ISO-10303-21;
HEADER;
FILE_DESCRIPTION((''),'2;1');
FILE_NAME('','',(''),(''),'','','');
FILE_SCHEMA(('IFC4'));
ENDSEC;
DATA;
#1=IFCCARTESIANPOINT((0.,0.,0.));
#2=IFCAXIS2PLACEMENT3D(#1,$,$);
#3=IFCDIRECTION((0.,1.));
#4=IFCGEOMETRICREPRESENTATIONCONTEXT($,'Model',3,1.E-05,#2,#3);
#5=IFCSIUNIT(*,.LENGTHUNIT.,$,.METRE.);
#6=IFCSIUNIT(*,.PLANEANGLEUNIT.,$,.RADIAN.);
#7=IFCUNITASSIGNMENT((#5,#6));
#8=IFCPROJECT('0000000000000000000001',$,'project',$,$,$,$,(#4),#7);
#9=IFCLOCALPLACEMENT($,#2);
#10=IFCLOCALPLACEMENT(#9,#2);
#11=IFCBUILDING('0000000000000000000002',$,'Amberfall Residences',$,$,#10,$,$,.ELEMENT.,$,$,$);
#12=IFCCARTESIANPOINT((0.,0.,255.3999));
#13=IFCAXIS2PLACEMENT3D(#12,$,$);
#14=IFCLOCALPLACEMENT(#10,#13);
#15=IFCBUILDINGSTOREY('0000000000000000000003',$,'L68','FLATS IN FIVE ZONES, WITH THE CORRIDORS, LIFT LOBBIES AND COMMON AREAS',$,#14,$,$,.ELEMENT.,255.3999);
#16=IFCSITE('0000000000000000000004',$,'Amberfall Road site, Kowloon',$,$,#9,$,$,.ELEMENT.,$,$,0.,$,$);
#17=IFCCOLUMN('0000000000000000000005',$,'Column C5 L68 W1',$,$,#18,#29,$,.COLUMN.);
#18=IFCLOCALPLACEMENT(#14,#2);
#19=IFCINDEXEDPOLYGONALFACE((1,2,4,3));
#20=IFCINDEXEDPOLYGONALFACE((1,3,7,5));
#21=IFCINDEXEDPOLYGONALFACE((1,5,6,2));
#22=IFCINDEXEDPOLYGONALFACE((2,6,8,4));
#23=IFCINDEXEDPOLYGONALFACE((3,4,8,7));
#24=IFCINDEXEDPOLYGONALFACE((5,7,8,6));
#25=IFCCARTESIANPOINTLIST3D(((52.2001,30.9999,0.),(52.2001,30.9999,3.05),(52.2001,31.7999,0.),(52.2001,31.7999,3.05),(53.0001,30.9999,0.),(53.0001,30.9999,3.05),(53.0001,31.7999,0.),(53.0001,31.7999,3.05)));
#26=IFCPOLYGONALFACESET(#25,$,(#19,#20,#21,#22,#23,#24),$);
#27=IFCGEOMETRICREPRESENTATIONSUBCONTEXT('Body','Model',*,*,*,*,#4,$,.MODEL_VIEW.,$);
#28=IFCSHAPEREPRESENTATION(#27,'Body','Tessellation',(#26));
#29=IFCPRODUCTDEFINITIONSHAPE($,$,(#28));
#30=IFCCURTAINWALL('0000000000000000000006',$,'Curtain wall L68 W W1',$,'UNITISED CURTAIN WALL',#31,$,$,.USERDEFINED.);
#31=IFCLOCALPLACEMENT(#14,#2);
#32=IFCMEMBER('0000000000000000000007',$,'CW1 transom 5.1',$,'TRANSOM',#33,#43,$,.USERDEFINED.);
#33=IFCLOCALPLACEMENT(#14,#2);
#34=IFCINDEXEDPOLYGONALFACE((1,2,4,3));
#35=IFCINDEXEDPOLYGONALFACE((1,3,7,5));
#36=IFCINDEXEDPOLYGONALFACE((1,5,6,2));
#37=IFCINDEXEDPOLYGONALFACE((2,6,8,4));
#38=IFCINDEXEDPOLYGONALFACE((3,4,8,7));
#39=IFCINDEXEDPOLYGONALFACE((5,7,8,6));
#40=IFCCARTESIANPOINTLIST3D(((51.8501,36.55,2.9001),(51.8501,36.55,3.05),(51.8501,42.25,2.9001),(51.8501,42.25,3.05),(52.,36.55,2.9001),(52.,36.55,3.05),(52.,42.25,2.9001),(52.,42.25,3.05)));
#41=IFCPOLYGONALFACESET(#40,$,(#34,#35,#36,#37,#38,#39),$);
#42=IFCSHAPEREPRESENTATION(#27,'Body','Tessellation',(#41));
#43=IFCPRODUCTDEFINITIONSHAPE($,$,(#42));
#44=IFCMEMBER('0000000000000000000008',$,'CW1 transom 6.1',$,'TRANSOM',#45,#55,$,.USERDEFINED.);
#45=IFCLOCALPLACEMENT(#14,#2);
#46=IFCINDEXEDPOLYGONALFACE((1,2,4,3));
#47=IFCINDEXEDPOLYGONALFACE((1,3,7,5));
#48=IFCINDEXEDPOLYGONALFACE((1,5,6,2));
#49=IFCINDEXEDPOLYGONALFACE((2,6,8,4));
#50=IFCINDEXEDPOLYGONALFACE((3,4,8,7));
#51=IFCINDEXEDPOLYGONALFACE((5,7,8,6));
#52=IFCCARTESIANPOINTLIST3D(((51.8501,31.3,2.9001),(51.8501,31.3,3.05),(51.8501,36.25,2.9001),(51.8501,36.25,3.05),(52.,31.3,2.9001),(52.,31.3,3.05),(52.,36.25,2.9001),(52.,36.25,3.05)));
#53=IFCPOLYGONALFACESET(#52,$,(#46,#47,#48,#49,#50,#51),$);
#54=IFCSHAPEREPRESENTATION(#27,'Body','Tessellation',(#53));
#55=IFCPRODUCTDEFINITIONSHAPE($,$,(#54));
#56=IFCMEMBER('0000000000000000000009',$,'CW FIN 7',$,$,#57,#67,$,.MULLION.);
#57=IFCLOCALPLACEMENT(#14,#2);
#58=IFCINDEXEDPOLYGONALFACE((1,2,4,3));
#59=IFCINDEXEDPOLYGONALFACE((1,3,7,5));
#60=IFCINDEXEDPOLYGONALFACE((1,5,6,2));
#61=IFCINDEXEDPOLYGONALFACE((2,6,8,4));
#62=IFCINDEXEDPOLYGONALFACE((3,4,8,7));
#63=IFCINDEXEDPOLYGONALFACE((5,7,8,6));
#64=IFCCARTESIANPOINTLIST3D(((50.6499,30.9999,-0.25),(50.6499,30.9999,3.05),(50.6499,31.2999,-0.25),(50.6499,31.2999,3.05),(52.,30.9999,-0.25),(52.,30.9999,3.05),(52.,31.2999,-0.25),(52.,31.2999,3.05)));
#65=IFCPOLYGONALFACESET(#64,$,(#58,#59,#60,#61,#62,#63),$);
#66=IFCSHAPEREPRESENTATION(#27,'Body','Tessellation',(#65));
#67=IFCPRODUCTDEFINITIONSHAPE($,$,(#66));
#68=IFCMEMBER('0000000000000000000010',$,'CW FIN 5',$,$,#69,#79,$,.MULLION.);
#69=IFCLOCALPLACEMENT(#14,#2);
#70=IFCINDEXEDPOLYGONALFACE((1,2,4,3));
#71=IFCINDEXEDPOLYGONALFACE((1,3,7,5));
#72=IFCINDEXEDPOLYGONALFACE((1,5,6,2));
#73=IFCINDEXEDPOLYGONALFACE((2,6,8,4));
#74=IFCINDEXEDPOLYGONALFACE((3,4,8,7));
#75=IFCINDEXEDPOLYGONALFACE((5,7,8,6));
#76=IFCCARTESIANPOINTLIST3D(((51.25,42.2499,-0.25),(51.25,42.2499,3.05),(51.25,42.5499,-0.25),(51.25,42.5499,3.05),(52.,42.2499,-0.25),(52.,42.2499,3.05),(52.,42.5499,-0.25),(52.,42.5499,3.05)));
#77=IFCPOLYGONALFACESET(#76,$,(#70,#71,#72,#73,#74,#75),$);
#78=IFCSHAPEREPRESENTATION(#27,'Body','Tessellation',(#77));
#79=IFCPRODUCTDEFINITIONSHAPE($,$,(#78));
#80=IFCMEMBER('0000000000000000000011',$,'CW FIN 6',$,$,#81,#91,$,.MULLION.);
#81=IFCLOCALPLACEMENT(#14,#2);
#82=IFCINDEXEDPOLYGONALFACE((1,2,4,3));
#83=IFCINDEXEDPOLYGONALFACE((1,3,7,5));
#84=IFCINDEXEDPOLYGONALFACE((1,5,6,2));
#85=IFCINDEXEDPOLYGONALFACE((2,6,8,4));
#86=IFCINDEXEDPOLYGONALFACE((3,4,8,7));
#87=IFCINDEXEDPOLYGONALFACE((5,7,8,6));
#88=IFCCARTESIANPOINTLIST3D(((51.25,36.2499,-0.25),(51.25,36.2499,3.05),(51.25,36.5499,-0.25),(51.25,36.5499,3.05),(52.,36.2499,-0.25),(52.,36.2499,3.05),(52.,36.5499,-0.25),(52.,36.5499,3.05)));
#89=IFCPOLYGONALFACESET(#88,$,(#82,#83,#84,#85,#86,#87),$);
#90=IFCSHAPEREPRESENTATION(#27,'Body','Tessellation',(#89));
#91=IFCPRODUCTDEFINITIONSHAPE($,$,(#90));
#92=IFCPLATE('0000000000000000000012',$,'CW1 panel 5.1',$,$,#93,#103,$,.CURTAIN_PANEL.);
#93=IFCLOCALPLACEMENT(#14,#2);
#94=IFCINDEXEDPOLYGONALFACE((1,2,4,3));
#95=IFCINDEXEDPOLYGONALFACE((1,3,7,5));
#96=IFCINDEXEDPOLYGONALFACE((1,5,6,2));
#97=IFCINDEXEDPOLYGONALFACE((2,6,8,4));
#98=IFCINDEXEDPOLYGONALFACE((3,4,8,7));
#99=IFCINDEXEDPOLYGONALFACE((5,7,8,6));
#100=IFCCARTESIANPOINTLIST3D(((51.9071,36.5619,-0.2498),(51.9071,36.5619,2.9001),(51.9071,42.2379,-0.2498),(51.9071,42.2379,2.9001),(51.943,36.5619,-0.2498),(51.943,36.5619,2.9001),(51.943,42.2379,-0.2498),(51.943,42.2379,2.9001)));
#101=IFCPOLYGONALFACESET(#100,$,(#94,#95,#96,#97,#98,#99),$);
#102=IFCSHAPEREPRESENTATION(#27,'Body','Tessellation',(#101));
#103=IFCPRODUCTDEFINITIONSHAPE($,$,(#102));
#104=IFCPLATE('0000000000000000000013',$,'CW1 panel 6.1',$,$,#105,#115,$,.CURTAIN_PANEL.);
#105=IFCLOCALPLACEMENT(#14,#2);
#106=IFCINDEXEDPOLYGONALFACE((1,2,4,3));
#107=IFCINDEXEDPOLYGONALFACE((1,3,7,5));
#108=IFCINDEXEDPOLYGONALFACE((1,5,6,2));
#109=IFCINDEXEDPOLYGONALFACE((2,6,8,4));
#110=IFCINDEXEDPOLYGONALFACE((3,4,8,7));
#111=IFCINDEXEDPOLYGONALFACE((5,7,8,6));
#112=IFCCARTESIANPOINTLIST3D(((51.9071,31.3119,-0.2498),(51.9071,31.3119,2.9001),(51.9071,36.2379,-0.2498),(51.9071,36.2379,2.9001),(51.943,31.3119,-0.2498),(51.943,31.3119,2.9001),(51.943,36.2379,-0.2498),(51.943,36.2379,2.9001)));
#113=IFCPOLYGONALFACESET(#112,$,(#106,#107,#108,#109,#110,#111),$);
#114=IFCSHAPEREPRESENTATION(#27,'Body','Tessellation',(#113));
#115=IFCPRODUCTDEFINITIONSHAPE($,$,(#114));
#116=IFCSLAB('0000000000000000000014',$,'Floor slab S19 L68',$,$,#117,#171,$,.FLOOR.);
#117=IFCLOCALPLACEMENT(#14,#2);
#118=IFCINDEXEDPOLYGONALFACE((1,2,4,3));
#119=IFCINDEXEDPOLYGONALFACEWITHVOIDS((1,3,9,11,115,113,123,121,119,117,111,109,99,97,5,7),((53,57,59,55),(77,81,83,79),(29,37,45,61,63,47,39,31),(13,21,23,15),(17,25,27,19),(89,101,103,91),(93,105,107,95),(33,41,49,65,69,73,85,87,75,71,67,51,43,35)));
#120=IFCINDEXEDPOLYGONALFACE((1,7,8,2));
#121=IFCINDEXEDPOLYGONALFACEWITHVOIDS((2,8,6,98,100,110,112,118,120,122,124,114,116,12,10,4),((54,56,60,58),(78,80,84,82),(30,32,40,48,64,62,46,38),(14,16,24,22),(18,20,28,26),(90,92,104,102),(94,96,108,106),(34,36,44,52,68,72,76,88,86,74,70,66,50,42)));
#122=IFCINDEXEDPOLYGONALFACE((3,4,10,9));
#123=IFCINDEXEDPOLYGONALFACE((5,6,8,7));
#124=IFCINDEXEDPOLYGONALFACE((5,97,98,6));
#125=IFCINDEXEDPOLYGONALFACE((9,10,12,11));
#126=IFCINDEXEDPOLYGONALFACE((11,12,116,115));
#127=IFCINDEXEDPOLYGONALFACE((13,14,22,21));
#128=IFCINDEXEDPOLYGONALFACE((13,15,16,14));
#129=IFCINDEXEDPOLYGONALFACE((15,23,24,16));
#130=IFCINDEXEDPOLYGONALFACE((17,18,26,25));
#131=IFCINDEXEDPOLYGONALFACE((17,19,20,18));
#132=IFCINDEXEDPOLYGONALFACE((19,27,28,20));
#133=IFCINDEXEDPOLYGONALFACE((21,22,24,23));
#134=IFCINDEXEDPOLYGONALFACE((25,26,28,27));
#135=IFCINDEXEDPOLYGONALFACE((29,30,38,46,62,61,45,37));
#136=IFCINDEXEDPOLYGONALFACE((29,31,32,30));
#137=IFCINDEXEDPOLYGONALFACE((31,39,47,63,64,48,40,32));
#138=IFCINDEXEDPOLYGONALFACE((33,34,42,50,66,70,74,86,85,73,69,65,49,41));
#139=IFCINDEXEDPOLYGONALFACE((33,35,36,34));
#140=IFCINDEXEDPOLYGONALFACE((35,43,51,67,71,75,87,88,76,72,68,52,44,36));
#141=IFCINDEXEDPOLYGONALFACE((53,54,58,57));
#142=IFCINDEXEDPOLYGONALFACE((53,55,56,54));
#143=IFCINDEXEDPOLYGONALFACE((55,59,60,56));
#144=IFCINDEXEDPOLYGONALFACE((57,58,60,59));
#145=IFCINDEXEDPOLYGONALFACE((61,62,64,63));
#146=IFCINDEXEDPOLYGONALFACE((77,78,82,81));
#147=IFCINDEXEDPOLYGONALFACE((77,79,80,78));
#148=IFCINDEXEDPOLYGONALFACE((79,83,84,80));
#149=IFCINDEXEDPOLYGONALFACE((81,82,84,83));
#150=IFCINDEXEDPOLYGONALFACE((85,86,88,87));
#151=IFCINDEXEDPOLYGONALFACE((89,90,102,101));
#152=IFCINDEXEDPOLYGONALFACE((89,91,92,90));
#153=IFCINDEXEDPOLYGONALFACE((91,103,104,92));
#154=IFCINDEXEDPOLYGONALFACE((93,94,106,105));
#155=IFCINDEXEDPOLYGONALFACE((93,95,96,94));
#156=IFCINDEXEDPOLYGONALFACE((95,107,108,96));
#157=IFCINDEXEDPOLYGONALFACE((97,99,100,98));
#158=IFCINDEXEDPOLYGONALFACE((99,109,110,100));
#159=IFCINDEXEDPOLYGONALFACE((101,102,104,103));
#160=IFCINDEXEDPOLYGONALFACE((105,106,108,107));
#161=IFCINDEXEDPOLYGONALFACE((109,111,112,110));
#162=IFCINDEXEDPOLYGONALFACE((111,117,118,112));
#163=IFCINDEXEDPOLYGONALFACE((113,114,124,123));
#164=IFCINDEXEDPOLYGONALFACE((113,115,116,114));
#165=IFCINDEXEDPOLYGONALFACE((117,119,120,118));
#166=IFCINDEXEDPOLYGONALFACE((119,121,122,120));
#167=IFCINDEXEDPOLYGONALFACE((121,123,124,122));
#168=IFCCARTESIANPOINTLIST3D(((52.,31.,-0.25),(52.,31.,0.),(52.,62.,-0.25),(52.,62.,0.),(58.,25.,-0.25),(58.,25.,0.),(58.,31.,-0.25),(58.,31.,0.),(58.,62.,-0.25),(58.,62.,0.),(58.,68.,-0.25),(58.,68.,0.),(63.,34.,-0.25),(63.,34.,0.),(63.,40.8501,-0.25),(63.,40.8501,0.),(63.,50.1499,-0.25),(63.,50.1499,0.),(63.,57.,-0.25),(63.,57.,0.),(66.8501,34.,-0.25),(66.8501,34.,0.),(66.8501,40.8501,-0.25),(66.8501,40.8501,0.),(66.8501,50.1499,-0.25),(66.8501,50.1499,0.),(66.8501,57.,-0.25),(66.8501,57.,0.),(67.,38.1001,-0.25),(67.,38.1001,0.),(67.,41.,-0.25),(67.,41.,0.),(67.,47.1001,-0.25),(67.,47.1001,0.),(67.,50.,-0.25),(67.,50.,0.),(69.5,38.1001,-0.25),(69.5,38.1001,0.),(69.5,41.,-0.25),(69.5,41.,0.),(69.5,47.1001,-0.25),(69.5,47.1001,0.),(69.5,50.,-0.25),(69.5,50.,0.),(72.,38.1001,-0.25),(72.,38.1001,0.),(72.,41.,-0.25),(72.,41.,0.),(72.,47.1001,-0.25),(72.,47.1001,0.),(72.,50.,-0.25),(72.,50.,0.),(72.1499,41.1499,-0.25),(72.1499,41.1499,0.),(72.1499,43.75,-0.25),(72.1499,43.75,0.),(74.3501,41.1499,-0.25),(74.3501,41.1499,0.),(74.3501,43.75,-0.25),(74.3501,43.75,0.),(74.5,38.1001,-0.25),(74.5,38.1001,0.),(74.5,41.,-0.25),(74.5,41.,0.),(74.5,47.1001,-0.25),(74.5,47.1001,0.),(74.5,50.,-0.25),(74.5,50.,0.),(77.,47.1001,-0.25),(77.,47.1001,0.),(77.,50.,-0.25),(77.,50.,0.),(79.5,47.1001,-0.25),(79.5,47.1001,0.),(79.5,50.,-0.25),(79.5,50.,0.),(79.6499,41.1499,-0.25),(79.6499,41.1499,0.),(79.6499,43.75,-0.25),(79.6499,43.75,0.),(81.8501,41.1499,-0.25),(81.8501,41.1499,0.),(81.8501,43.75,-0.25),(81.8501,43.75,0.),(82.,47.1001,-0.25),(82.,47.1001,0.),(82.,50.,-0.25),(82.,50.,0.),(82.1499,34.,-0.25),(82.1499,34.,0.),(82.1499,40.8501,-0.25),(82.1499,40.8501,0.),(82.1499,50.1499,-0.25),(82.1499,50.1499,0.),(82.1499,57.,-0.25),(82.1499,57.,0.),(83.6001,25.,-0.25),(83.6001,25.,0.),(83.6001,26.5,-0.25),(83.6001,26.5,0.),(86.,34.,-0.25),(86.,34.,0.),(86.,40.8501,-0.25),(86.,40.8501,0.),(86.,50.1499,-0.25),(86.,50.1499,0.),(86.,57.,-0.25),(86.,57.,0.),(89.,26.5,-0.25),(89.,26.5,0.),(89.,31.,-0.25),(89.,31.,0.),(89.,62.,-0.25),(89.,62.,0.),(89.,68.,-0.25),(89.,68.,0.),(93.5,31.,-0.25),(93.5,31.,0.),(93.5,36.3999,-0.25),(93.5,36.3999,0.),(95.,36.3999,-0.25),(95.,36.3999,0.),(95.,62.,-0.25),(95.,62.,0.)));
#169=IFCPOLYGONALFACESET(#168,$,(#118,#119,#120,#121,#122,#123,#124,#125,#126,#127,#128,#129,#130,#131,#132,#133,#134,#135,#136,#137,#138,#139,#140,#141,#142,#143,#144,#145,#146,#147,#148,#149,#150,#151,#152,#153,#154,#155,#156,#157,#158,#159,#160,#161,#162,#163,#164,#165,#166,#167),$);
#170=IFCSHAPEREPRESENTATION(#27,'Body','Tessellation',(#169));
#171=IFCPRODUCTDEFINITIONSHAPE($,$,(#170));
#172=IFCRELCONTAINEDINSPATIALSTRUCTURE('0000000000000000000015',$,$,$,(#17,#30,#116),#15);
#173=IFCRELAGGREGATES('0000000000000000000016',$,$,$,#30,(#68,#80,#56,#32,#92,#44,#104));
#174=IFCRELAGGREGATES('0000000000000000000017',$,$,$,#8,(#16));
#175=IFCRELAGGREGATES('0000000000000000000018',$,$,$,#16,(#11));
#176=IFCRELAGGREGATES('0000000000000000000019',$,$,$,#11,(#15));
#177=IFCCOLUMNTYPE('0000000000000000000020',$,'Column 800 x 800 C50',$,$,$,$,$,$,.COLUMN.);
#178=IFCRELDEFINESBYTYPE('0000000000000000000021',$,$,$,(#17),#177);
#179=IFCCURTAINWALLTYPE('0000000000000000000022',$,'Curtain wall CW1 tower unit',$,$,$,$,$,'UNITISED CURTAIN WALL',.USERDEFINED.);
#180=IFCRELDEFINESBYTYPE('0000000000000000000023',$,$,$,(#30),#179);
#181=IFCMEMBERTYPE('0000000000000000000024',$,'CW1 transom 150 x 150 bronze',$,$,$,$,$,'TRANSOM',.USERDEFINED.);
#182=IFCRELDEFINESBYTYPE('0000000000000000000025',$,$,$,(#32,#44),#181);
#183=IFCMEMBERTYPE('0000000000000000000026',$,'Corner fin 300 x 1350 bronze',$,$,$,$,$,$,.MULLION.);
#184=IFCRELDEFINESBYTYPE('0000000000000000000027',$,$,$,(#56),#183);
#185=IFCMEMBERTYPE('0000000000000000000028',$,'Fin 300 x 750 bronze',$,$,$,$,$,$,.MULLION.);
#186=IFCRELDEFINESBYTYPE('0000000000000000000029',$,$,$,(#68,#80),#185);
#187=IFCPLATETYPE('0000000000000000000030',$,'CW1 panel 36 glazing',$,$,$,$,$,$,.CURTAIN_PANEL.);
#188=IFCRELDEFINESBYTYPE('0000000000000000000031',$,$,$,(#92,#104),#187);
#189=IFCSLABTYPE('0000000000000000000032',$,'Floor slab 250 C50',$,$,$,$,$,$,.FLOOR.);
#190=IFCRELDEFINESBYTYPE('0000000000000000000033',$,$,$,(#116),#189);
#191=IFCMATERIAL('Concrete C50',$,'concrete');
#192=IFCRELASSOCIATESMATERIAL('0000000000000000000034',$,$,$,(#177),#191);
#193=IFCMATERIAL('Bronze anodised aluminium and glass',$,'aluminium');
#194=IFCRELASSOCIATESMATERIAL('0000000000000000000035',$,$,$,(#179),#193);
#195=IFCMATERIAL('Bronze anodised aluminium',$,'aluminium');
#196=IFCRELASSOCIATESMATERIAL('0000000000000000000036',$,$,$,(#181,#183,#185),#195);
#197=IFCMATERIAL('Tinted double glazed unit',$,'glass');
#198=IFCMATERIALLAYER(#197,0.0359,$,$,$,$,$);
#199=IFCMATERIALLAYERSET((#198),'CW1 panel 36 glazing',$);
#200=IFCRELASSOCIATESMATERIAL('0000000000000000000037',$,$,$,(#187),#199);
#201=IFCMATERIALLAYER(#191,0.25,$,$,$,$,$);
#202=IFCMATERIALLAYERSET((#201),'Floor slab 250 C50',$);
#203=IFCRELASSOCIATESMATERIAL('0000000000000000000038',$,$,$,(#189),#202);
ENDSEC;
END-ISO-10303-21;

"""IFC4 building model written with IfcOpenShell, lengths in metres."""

from ifc_helpers import new_model, si_unit, direction, frame, origin, origin_2d, place, context, subcontext, project, spatial, polyline, rectangle, outline, extrude, material, layer, layer_set, material_profile, profile_set, type_object, element, aggregate, save


model = new_model("IFC4")

# Units and contexts
model_context = context("Model", 3, precision=1e-05, world=origin(), true_north=direction((0.0, 1.0)))
body_context = subcontext(model_context, "Body", "Model", "MODEL_VIEW")
ifc_project = project(units=[si_unit("LENGTHUNIT", "METRE"), si_unit("PLANEANGLEUNIT", "RADIAN")], contexts=[model_context])

# Site, building, storey
site_placement = place(None, origin())
site = spatial("IfcSite", under=ifc_project, at=site_placement, Name="Amberfall Road site, Kowloon", CompositionType="ELEMENT", RefElevation=0.0)
building_placement = place(site_placement, origin())
building = spatial("IfcBuilding", under=site, at=building_placement, Name="Amberfall Residences", CompositionType="ELEMENT")
storey_placement = place(building_placement, frame((0.0, 0.0, 255.3999)))
storey = spatial("IfcBuildingStorey", under=building, at=storey_placement, Name="L68", Description="FLATS IN FIVE ZONES, WITH THE CORRIDORS, LIFT LOBBIES AND COMMON AREAS", CompositionType="ELEMENT", Elevation=255.3999)

# Column
ifc_material_1 = material(Name="Concrete C50", Category="concrete")
ifc_material_profile_1 = material_profile(ifc_material_1, rectangle(XDim=0.8, YDim=0.8, at=origin_2d()), Name="Column 800 x 800 C50")
ifc_profile_set_1 = profile_set([ifc_material_profile_1], Name="Concrete C50")
column_type = type_object("IfcColumnType", Name="Column 800 x 800 C50", PredefinedType="COLUMN", material=ifc_profile_set_1)
column_placement = place(storey_placement, frame((52.6001, 31.3999, 0.0), z_axis=(0.0, 0.0, 1.0), x_axis=(1.0, 0.0, 0.0)))
element("IfcColumn", 1, at=column_placement, inside=storey, type_object=column_type, Name="Column C5 L68 W1", PredefinedType="COLUMN", context=body_context, shape_type="SweptSolid", body=[
    extrude(rectangle(XDim=0.8, YDim=0.8, at=origin_2d()), origin(), (0.0, 0.0, 1.0), 3.05),
])

# Curtain wall, members, plates
ifc_material_2 = material(Name="Bronze anodised aluminium and glass", Category="aluminium")
curtain_wall_type = type_object("IfcCurtainWallType", Name="Curtain wall CW1 tower unit", ElementType="UNITISED CURTAIN WALL", PredefinedType="USERDEFINED", material=ifc_material_2)
curtain_wall_placement = place(storey_placement, origin())
curtain_wall = element("IfcCurtainWall", 2, at=curtain_wall_placement, inside=storey, type_object=curtain_wall_type, Name="Curtain wall L68 W W1", ObjectType="UNITISED CURTAIN WALL", PredefinedType="USERDEFINED")
ifc_material_3 = material(Name="Bronze anodised aluminium", Category="aluminium")
ifc_material_profile_2 = material_profile(ifc_material_3, rectangle(XDim=0.1499, YDim=0.1499, at=origin_2d()), Name="CW1 transom 150 x 150 bronze")
ifc_profile_set_2 = profile_set([ifc_material_profile_2], Name="Bronze anodised aluminium")
member_type_1 = type_object("IfcMemberType", Name="CW1 transom 150 x 150 bronze", ElementType="TRANSOM", PredefinedType="USERDEFINED", material=ifc_profile_set_2)
member_1_placement = place(storey_placement, frame((51.925, 42.25, 2.9751), z_axis=(0.0, -1.0, 0.0), x_axis=(1.0, 0.0, 0.0)))
member_1 = element("IfcMember", 3, at=member_1_placement, type_object=member_type_1, Name="CW1 transom 5.1", ObjectType="TRANSOM", PredefinedType="USERDEFINED", context=body_context, shape_type="SweptSolid", body=[
    extrude(rectangle(XDim=0.1499, YDim=0.1499, at=origin_2d()), origin(), (0.0, 0.0, 1.0), 5.7),
])
member_2_placement = place(storey_placement, frame((51.925, 36.25, 2.9751), z_axis=(0.0, -1.0, 0.0), x_axis=(1.0, 0.0, 0.0)))
member_2 = element("IfcMember", 4, at=member_2_placement, type_object=member_type_1, Name="CW1 transom 6.1", ObjectType="TRANSOM", PredefinedType="USERDEFINED", context=body_context, shape_type="SweptSolid", body=[
    extrude(rectangle(XDim=0.1499, YDim=0.1499, at=origin_2d()), origin(), (0.0, 0.0, 1.0), 4.95),
])
ifc_material_profile_3 = material_profile(ifc_material_3, rectangle(XDim=1.3501, YDim=0.3, at=origin_2d()), Name="Corner fin 300 x 1350 bronze")
ifc_profile_set_3 = profile_set([ifc_material_profile_3], Name="Bronze anodised aluminium")
member_type_2 = type_object("IfcMemberType", Name="Corner fin 300 x 1350 bronze", PredefinedType="MULLION", material=ifc_profile_set_3)
member_3_placement = place(storey_placement, frame((51.325, 31.1499, -0.25), z_axis=(0.0, 0.0, 1.0), x_axis=(1.0, 0.0, 0.0)))
member_3 = element("IfcMember", 5, at=member_3_placement, type_object=member_type_2, Name="CW FIN 7", PredefinedType="MULLION", context=body_context, shape_type="SweptSolid", body=[
    extrude(rectangle(XDim=1.3501, YDim=0.3, at=origin_2d()), origin(), (0.0, 0.0, 1.0), 3.3),
])
ifc_material_profile_4 = material_profile(ifc_material_3, rectangle(XDim=0.75, YDim=0.3, at=origin_2d()), Name="Fin 300 x 750 bronze")
ifc_profile_set_4 = profile_set([ifc_material_profile_4], Name="Bronze anodised aluminium")
member_type_3 = type_object("IfcMemberType", Name="Fin 300 x 750 bronze", PredefinedType="MULLION", material=ifc_profile_set_4)
member_4_placement = place(storey_placement, frame((51.625, 42.3999, -0.25), z_axis=(0.0, 0.0, 1.0), x_axis=(1.0, 0.0, 0.0)))
member_4 = element("IfcMember", 6, at=member_4_placement, type_object=member_type_3, Name="CW FIN 5", PredefinedType="MULLION", context=body_context, shape_type="SweptSolid", body=[
    extrude(rectangle(XDim=0.75, YDim=0.3, at=origin_2d()), origin(), (0.0, 0.0, 1.0), 3.3),
])
member_5_placement = place(storey_placement, frame((51.625, 36.3999, -0.25), z_axis=(0.0, 0.0, 1.0), x_axis=(1.0, 0.0, 0.0)))
member_5 = element("IfcMember", 7, at=member_5_placement, type_object=member_type_3, Name="CW FIN 6", PredefinedType="MULLION", context=body_context, shape_type="SweptSolid", body=[
    extrude(rectangle(XDim=0.75, YDim=0.3, at=origin_2d()), origin(), (0.0, 0.0, 1.0), 3.3),
])
ifc_material_4 = material(Name="Tinted double glazed unit", Category="glass")
ifc_layer_1 = layer(ifc_material_4, 0.0359)
ifc_layer_set_1 = layer_set([ifc_layer_1], Name="CW1 panel 36 glazing")
plate_type = type_object("IfcPlateType", Name="CW1 panel 36 glazing", PredefinedType="CURTAIN_PANEL", material=ifc_layer_set_1)
plate_1_placement = place(storey_placement, frame((51.925, 39.3999, -0.2498), z_axis=(0.0, 0.0, 1.0), x_axis=(0.0, -1.0, 0.0)))
plate_1 = element("IfcPlate", 8, at=plate_1_placement, type_object=plate_type, Name="CW1 panel 5.1", PredefinedType="CURTAIN_PANEL", context=body_context, shape_type="SweptSolid", body=[
    extrude(rectangle(XDim=5.676, YDim=0.0359, at=origin_2d()), origin(), (0.0, 0.0, 1.0), 3.1499),
])
plate_2_placement = place(storey_placement, frame((51.925, 33.7749, -0.2498), z_axis=(0.0, 0.0, 1.0), x_axis=(0.0, -1.0, 0.0)))
plate_2 = element("IfcPlate", 9, at=plate_2_placement, type_object=plate_type, Name="CW1 panel 6.1", PredefinedType="CURTAIN_PANEL", context=body_context, shape_type="SweptSolid", body=[
    extrude(rectangle(XDim=4.926, YDim=0.0359, at=origin_2d()), origin(), (0.0, 0.0, 1.0), 3.1499),
])
aggregate(curtain_wall, [member_4, member_5, member_3, member_1, plate_1, member_2, plate_2])

# Slab
ifc_layer_2 = layer(ifc_material_1, 0.25)
ifc_layer_set_2 = layer_set([ifc_layer_2], Name="Floor slab 250 C50")
slab_type_1 = type_object("IfcSlabType", Name="Floor slab 250 C50", PredefinedType="FLOOR", material=ifc_layer_set_2)
slab_1_placement = place(storey_placement, frame((0.0, 0.0, -0.25)))
element("IfcSlab", 10, at=slab_1_placement, inside=storey, type_object=slab_type_1, Name="Floor slab S19 L68", PredefinedType="FLOOR", context=body_context, shape_type="SweptSolid", body=[
    extrude(outline(polyline([(83.6001, 26.5), (83.6001, 25.0), (58.0, 25.0), (58.0, 31.0), (52.0, 31.0), (52.0, 62.0), (58.0, 62.0), (58.0, 68.0), (89.0, 68.0), (89.0, 62.0), (95.0, 62.0), (95.0, 36.3999), (93.5, 36.3999), (93.5, 31.0), (89.0, 31.0), (89.0, 26.5), (83.6001, 26.5)]), holes=[polyline([(86.0, 34.0), (86.0, 40.8501), (82.1499, 40.8501), (82.1499, 34.0), (86.0, 34.0)]), polyline([(86.0, 50.1499), (86.0, 57.0), (82.1499, 57.0), (82.1499, 50.1499), (86.0, 50.1499)]), polyline([(72.0, 50.0), (69.5, 50.0), (67.0, 50.0), (67.0, 47.1001), (69.5, 47.1001), (72.0, 47.1001), (74.5, 47.1001), (77.0, 47.1001), (79.5, 47.1001), (82.0, 47.1001), (82.0, 50.0), (79.5, 50.0), (77.0, 50.0), (74.5, 50.0), (72.0, 50.0)]), polyline([(81.8501, 41.1499), (81.8501, 43.75), (79.6499, 43.75), (79.6499, 41.1499), (81.8501, 41.1499)]), polyline([(69.5, 41.0), (67.0, 41.0), (67.0, 38.1001), (69.5, 38.1001), (72.0, 38.1001), (74.5, 38.1001), (74.5, 41.0), (72.0, 41.0), (69.5, 41.0)]), polyline([(74.3501, 41.1499), (74.3501, 43.75), (72.1499, 43.75), (72.1499, 41.1499), (74.3501, 41.1499)]), polyline([(66.8501, 50.1499), (66.8501, 57.0), (63.0, 57.0), (63.0, 50.1499), (66.8501, 50.1499)]), polyline([(66.8501, 40.8501), (63.0, 40.8501), (63.0, 34.0), (66.8501, 34.0), (66.8501, 40.8501)])]), origin(), (0.0, 0.0, 1.0), 0.25),
])

save(model, "model.ifc")
